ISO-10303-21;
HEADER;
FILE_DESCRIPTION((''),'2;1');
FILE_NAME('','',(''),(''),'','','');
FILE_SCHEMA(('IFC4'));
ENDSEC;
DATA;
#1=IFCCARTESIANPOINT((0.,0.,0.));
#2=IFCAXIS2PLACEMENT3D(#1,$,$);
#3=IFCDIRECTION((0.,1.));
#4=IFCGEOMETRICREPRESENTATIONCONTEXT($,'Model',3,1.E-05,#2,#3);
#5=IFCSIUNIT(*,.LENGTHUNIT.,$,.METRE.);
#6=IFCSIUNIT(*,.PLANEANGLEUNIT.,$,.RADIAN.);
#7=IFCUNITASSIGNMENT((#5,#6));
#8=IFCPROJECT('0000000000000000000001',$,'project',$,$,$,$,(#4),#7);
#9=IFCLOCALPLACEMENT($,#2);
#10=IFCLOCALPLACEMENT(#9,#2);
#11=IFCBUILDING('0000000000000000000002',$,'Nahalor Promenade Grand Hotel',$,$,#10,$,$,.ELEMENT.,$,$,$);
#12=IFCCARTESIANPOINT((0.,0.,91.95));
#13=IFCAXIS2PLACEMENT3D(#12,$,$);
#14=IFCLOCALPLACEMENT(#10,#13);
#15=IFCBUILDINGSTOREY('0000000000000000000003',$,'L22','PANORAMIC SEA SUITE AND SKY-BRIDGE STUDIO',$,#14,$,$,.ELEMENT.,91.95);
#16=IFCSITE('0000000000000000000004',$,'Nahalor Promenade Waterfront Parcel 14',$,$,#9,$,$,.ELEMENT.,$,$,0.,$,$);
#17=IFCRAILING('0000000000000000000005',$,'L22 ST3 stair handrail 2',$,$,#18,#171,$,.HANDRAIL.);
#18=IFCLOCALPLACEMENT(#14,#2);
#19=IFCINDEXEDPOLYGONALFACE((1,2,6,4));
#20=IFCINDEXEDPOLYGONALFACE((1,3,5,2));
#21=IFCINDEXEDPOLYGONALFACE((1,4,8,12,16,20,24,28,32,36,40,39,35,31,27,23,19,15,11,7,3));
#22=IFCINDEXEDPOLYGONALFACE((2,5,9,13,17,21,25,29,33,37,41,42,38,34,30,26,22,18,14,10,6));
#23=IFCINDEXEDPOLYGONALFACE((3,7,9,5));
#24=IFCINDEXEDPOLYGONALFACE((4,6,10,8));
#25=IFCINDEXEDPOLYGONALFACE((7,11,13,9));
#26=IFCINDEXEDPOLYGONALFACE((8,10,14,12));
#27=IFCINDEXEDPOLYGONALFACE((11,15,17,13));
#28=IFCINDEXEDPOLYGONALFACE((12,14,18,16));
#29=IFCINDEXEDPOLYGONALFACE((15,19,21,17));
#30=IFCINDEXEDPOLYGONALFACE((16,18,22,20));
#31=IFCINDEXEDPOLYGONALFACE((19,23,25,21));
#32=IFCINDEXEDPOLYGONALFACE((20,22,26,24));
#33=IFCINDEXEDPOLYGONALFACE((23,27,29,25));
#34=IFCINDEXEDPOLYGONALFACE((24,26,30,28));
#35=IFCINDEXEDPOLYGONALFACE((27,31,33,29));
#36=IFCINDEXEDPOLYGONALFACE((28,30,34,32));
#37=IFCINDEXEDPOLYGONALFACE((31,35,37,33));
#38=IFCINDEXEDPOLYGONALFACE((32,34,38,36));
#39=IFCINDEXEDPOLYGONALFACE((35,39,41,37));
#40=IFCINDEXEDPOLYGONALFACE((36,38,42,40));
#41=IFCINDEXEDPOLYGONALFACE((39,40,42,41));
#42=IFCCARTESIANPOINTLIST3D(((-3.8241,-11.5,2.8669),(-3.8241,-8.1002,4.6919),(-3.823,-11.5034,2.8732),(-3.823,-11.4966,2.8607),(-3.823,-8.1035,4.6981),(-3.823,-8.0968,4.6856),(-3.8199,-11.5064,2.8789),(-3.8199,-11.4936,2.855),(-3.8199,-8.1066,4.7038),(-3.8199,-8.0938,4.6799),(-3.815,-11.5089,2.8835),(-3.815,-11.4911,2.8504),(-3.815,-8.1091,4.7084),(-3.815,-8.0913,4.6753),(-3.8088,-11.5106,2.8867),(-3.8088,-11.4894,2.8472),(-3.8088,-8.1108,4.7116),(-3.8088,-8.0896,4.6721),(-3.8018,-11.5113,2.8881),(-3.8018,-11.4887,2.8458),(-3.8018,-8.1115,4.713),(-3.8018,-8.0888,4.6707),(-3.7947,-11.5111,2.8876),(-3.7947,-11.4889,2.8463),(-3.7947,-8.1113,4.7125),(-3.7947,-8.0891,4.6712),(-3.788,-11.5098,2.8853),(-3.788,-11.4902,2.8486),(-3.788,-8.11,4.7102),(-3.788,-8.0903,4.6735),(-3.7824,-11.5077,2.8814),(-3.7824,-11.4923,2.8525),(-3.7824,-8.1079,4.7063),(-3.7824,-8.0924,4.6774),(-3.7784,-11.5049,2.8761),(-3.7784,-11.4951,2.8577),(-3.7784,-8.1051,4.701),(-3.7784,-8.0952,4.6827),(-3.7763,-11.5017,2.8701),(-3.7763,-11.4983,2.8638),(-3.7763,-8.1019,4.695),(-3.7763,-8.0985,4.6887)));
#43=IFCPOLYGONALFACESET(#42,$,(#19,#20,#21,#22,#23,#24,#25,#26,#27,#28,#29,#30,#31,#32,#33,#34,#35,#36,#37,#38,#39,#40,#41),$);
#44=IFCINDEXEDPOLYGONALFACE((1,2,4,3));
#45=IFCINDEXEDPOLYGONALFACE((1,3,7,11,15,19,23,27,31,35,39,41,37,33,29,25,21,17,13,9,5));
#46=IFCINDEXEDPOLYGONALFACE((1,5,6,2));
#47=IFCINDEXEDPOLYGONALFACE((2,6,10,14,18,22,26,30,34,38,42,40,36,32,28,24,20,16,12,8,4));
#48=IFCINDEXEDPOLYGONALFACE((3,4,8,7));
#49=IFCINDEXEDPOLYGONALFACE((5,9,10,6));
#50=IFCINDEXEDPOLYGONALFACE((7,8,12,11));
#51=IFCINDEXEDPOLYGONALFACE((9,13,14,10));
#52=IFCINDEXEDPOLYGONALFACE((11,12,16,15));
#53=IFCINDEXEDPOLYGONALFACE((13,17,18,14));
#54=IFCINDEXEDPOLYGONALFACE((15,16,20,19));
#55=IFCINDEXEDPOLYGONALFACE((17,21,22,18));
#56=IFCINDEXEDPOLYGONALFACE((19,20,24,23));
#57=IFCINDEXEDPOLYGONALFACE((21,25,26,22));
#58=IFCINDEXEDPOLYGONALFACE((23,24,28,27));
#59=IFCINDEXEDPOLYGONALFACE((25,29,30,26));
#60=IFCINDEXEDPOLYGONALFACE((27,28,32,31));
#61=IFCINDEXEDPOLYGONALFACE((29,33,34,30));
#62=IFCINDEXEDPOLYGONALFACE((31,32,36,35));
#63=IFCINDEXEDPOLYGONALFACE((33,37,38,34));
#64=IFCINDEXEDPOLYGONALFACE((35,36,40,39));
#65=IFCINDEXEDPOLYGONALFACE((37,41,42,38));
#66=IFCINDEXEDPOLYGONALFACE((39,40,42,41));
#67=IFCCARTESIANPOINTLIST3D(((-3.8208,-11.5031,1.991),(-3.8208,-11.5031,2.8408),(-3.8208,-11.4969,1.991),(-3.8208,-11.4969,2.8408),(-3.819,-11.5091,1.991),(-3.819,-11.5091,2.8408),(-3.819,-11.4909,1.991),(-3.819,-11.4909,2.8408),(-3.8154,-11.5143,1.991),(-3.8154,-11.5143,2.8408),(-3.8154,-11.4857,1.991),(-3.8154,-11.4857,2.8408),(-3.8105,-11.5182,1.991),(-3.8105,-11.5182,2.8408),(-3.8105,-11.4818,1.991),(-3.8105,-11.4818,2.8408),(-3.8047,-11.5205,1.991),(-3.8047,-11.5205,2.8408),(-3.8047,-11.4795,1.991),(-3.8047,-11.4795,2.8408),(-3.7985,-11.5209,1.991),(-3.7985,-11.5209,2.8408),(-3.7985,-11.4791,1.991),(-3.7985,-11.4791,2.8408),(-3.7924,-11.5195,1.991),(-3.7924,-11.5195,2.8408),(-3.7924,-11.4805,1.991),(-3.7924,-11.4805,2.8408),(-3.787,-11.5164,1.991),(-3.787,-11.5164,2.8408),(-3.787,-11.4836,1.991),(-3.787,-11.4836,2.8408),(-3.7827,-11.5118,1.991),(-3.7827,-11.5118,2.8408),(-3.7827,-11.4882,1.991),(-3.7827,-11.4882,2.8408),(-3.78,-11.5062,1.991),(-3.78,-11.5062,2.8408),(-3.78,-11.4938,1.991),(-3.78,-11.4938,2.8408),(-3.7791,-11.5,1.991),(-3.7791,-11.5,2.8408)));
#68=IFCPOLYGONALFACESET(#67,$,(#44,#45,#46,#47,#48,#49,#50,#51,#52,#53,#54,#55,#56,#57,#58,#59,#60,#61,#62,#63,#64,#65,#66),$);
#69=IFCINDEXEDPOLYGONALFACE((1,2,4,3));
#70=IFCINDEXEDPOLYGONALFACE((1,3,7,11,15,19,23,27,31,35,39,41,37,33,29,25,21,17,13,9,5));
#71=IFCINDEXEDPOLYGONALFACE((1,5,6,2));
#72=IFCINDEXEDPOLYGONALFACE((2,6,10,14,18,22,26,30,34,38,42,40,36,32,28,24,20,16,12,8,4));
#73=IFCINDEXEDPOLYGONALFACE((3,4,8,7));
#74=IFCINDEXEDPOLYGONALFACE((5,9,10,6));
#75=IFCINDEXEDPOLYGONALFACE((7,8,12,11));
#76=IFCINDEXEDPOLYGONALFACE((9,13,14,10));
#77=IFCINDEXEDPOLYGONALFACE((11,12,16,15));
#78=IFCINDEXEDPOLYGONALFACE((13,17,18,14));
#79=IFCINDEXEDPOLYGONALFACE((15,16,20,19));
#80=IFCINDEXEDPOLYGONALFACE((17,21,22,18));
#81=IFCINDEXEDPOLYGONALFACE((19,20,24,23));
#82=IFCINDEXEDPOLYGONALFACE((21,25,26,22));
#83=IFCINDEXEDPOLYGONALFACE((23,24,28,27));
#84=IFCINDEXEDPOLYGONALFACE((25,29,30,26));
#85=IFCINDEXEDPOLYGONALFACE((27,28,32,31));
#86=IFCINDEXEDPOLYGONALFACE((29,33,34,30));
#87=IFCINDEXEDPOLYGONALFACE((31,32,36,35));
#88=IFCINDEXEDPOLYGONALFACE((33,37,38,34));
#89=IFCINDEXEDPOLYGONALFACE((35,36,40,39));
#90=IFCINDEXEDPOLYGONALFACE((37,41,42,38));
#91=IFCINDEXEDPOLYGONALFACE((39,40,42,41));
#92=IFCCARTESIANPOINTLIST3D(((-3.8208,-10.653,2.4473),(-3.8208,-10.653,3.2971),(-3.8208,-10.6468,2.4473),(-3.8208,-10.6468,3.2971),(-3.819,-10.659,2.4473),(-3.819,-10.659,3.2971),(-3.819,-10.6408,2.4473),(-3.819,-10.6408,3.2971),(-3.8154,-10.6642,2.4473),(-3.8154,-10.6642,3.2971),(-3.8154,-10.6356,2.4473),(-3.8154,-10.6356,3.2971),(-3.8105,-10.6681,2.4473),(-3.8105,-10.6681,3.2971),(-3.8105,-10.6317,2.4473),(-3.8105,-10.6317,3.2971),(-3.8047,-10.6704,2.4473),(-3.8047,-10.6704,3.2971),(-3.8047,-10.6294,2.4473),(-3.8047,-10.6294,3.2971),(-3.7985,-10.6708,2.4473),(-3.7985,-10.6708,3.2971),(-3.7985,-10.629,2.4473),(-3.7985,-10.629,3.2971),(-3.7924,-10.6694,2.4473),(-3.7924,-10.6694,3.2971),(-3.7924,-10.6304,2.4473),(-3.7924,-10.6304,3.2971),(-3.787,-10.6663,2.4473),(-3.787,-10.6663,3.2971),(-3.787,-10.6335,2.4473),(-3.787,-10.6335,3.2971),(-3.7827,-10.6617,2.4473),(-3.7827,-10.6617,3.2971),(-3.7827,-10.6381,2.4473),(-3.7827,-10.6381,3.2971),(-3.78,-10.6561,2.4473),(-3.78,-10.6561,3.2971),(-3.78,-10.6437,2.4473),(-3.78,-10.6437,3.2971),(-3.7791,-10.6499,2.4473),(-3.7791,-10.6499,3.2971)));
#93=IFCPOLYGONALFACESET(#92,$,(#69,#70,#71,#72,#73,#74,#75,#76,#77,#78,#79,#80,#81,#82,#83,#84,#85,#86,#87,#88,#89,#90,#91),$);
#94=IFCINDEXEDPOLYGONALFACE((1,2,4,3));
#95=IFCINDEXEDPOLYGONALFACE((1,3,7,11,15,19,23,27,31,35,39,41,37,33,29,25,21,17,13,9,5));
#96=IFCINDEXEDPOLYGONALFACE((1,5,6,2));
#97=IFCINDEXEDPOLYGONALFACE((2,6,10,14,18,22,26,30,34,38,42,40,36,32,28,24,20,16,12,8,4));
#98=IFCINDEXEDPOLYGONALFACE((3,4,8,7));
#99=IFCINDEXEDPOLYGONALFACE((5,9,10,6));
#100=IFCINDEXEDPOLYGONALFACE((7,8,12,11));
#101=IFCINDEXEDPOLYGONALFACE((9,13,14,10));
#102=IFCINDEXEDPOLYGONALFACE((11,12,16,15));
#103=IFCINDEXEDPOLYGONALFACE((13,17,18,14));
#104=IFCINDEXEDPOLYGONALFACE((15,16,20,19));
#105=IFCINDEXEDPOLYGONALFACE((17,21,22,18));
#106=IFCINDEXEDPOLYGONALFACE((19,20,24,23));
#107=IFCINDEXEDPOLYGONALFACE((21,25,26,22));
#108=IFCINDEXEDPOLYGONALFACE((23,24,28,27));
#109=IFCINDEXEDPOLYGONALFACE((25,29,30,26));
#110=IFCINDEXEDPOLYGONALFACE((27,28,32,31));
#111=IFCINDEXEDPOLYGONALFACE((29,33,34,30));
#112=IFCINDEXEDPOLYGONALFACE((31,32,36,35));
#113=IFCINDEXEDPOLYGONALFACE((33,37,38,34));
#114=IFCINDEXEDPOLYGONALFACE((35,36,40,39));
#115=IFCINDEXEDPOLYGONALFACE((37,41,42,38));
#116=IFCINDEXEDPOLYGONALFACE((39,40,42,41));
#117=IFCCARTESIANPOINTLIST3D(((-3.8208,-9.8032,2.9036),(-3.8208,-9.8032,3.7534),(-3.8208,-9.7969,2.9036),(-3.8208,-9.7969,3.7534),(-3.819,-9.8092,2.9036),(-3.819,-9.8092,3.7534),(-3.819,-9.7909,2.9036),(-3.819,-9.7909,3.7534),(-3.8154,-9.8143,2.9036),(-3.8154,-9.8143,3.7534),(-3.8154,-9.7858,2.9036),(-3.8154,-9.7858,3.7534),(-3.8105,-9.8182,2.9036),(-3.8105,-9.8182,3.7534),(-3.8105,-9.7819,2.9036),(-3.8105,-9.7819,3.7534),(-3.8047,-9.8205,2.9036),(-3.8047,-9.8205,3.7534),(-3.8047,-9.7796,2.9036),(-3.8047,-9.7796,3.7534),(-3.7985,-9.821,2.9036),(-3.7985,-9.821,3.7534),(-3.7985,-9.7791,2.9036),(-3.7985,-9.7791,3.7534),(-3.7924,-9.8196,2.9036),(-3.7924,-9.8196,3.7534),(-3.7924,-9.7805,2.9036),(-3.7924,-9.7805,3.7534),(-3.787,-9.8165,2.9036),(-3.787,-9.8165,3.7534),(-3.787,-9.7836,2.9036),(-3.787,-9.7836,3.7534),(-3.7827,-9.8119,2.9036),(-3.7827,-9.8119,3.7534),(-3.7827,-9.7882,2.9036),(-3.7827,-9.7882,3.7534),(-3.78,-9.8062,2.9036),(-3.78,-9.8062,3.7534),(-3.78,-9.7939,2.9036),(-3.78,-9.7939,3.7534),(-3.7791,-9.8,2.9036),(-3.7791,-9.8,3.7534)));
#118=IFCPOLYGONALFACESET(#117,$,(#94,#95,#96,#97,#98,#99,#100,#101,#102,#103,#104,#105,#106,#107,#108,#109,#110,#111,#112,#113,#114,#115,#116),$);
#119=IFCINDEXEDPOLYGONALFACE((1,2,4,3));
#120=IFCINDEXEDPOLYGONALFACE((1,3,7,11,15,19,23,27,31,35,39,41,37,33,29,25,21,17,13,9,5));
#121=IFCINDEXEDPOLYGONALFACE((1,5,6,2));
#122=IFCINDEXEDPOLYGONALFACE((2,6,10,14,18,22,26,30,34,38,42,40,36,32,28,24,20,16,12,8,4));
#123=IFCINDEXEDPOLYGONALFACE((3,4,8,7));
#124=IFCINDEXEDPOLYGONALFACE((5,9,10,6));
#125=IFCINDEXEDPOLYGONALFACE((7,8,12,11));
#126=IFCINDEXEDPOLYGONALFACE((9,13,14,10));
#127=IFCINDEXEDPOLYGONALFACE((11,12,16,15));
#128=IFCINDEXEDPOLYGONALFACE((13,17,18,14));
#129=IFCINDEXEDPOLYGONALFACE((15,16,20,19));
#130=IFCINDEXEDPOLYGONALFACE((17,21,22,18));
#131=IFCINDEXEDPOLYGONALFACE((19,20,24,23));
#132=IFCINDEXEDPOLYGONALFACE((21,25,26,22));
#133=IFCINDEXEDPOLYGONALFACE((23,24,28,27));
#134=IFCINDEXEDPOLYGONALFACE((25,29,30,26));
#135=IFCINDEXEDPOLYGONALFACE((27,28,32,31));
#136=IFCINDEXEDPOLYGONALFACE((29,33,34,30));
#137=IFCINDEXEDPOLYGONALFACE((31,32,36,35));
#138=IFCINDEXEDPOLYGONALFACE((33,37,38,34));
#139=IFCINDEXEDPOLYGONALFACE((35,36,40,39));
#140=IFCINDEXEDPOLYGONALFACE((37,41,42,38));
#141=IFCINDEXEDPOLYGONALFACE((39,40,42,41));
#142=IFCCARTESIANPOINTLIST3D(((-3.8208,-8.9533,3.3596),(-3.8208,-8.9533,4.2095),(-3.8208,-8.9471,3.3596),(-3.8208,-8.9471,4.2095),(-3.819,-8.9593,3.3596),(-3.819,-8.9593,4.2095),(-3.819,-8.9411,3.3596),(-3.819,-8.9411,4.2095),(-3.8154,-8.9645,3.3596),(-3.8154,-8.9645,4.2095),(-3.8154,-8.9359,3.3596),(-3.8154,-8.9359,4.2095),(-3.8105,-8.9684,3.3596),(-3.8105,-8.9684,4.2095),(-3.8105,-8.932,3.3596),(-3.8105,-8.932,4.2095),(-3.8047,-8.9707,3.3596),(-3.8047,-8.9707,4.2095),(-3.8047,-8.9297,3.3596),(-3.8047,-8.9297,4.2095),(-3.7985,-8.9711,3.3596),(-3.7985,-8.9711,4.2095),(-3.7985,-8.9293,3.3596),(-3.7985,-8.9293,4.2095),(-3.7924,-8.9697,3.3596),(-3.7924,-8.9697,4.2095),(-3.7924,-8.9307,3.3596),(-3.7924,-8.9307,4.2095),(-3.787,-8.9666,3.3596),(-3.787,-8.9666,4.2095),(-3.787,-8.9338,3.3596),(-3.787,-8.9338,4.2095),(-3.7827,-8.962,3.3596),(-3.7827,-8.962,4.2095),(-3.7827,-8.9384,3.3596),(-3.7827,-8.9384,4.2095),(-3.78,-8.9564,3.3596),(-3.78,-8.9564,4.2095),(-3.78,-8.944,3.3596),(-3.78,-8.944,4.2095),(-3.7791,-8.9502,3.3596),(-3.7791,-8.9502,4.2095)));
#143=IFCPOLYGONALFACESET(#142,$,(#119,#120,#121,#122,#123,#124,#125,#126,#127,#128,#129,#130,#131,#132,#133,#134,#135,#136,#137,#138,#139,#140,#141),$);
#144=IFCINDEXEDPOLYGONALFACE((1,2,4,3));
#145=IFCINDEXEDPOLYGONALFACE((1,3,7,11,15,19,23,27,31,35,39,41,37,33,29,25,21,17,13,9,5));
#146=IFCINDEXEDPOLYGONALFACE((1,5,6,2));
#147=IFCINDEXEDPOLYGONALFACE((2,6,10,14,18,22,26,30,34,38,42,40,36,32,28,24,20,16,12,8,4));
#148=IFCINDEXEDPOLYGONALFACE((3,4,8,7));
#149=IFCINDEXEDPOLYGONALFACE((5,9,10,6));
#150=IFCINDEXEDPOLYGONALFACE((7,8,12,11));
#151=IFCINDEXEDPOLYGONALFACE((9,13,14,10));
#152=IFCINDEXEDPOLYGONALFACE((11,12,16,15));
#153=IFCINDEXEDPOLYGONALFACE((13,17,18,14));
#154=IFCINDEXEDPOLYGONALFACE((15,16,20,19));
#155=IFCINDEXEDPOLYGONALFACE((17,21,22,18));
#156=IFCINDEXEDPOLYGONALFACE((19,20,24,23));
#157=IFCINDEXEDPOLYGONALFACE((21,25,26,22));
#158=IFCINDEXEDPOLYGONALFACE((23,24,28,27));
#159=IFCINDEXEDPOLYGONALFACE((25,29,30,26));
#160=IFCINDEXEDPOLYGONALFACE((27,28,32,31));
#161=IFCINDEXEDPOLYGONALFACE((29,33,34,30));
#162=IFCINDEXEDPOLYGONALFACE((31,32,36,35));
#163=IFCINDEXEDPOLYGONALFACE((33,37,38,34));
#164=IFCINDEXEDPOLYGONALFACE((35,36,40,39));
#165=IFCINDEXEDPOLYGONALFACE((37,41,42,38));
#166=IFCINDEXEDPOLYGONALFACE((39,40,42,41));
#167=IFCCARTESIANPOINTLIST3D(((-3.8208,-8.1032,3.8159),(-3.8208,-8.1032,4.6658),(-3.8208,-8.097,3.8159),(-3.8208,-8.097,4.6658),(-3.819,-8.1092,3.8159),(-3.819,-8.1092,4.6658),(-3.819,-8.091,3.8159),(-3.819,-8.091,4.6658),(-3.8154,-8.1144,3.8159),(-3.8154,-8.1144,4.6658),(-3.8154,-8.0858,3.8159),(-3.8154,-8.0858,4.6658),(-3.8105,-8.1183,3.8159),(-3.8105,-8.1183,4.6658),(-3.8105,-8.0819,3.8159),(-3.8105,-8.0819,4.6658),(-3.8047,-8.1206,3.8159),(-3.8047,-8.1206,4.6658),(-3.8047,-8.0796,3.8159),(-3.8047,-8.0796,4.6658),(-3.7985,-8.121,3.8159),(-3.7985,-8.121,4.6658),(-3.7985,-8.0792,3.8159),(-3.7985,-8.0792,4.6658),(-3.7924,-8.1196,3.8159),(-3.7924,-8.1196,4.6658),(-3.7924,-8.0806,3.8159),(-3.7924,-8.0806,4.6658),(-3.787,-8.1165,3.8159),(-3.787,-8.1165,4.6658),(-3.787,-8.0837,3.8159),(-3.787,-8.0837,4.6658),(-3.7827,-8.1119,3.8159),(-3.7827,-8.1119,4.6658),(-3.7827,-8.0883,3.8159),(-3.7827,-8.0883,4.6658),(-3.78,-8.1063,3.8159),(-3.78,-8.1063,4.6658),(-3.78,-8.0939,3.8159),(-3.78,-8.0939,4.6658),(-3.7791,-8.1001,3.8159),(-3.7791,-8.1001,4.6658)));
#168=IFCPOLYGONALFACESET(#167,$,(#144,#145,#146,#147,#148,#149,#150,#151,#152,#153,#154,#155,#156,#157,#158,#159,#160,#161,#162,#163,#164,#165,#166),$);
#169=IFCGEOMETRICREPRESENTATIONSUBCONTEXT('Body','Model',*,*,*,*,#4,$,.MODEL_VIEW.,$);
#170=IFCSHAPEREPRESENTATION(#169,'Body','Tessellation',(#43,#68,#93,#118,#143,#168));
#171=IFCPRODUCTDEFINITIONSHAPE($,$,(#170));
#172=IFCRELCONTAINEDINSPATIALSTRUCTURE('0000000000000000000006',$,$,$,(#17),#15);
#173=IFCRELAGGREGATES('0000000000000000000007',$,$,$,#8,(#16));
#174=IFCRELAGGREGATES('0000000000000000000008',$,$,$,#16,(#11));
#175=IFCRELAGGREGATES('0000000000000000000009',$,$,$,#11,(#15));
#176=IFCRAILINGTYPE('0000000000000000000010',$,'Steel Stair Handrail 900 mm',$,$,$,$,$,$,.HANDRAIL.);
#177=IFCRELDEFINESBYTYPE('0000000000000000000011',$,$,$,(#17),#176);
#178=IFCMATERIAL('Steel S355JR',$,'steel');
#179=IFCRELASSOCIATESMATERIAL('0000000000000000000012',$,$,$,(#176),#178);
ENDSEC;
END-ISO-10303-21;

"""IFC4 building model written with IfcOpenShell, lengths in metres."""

from ifc_helpers import new_model, si_unit, direction, frame, origin, origin_2d, place, context, subcontext, project, spatial, circle, extrude, material, type_object, element, save


model = new_model("IFC4")

# Units and contexts
model_context = context("Model", 3, precision=1e-05, world=origin(), true_north=direction((0.0, 1.0)))
body_context = subcontext(model_context, "Body", "Model", "MODEL_VIEW")
ifc_project = project(units=[si_unit("LENGTHUNIT", "METRE"), si_unit("PLANEANGLEUNIT", "RADIAN")], contexts=[model_context])

# Site, building, storey
site_placement = place(None, origin())
site = spatial("IfcSite", under=ifc_project, at=site_placement, Name="Nahalor Promenade Waterfront Parcel 14", CompositionType="ELEMENT", RefElevation=0.0)
building_placement = place(site_placement, origin())
building = spatial("IfcBuilding", under=site, at=building_placement, Name="Nahalor Promenade Grand Hotel", CompositionType="ELEMENT")
storey_placement = place(building_placement, frame((0.0, 0.0, 91.95)))
storey = spatial("IfcBuildingStorey", under=building, at=storey_placement, Name="L22", Description="PANORAMIC SEA SUITE AND SKY-BRIDGE STUDIO", CompositionType="ELEMENT", Elevation=91.95)

# Shared definitions
ifc_material_1 = material(Name="Steel S355JR", Category="steel")

# Railing
railing_type_1 = type_object("IfcRailingType", Name="Steel Stair Handrail 900 mm", PredefinedType="HANDRAIL", material=ifc_material_1)
railing_1_placement = place(storey_placement, frame((-3.8, -11.5, 1.991)))
element("IfcRailing", 1, at=railing_1_placement, inside=storey, type_object=railing_type_1, Name="L22 ST3 stair handrail 2", PredefinedType="HANDRAIL", context=body_context, shape_type="SweptSolid", body=[
    extrude(circle(Radius=0.024, at=origin_2d()), frame((0.0, 0.0, 0.876), z_axis=(0.0, 0.881094, 0.472941), x_axis=(-1.0, 0.0, 0.0)), (0.0, 0.0, 1.0), 3.8586),
    extrude(circle(Radius=0.021, at=origin_2d()), origin(), (0.0, 0.0, 1.0), 0.8499),
    extrude(circle(Radius=0.021, at=origin_2d()), frame((0.0, 0.8501, 0.4563)), (0.0, 0.0, 1.0), 0.8499),
    extrude(circle(Radius=0.021, at=origin_2d()), frame((0.0, 1.7, 0.9126)), (0.0, 0.0, 1.0), 0.8499),
    extrude(circle(Radius=0.021, at=origin_2d()), frame((0.0, 2.5498, 1.3687)), (0.0, 0.0, 1.0), 0.8499),
    extrude(circle(Radius=0.021, at=origin_2d()), frame((0.0, 3.3999, 1.825)), (0.0, 0.0, 1.0), 0.8499),
])

save(model, "model.ifc")
